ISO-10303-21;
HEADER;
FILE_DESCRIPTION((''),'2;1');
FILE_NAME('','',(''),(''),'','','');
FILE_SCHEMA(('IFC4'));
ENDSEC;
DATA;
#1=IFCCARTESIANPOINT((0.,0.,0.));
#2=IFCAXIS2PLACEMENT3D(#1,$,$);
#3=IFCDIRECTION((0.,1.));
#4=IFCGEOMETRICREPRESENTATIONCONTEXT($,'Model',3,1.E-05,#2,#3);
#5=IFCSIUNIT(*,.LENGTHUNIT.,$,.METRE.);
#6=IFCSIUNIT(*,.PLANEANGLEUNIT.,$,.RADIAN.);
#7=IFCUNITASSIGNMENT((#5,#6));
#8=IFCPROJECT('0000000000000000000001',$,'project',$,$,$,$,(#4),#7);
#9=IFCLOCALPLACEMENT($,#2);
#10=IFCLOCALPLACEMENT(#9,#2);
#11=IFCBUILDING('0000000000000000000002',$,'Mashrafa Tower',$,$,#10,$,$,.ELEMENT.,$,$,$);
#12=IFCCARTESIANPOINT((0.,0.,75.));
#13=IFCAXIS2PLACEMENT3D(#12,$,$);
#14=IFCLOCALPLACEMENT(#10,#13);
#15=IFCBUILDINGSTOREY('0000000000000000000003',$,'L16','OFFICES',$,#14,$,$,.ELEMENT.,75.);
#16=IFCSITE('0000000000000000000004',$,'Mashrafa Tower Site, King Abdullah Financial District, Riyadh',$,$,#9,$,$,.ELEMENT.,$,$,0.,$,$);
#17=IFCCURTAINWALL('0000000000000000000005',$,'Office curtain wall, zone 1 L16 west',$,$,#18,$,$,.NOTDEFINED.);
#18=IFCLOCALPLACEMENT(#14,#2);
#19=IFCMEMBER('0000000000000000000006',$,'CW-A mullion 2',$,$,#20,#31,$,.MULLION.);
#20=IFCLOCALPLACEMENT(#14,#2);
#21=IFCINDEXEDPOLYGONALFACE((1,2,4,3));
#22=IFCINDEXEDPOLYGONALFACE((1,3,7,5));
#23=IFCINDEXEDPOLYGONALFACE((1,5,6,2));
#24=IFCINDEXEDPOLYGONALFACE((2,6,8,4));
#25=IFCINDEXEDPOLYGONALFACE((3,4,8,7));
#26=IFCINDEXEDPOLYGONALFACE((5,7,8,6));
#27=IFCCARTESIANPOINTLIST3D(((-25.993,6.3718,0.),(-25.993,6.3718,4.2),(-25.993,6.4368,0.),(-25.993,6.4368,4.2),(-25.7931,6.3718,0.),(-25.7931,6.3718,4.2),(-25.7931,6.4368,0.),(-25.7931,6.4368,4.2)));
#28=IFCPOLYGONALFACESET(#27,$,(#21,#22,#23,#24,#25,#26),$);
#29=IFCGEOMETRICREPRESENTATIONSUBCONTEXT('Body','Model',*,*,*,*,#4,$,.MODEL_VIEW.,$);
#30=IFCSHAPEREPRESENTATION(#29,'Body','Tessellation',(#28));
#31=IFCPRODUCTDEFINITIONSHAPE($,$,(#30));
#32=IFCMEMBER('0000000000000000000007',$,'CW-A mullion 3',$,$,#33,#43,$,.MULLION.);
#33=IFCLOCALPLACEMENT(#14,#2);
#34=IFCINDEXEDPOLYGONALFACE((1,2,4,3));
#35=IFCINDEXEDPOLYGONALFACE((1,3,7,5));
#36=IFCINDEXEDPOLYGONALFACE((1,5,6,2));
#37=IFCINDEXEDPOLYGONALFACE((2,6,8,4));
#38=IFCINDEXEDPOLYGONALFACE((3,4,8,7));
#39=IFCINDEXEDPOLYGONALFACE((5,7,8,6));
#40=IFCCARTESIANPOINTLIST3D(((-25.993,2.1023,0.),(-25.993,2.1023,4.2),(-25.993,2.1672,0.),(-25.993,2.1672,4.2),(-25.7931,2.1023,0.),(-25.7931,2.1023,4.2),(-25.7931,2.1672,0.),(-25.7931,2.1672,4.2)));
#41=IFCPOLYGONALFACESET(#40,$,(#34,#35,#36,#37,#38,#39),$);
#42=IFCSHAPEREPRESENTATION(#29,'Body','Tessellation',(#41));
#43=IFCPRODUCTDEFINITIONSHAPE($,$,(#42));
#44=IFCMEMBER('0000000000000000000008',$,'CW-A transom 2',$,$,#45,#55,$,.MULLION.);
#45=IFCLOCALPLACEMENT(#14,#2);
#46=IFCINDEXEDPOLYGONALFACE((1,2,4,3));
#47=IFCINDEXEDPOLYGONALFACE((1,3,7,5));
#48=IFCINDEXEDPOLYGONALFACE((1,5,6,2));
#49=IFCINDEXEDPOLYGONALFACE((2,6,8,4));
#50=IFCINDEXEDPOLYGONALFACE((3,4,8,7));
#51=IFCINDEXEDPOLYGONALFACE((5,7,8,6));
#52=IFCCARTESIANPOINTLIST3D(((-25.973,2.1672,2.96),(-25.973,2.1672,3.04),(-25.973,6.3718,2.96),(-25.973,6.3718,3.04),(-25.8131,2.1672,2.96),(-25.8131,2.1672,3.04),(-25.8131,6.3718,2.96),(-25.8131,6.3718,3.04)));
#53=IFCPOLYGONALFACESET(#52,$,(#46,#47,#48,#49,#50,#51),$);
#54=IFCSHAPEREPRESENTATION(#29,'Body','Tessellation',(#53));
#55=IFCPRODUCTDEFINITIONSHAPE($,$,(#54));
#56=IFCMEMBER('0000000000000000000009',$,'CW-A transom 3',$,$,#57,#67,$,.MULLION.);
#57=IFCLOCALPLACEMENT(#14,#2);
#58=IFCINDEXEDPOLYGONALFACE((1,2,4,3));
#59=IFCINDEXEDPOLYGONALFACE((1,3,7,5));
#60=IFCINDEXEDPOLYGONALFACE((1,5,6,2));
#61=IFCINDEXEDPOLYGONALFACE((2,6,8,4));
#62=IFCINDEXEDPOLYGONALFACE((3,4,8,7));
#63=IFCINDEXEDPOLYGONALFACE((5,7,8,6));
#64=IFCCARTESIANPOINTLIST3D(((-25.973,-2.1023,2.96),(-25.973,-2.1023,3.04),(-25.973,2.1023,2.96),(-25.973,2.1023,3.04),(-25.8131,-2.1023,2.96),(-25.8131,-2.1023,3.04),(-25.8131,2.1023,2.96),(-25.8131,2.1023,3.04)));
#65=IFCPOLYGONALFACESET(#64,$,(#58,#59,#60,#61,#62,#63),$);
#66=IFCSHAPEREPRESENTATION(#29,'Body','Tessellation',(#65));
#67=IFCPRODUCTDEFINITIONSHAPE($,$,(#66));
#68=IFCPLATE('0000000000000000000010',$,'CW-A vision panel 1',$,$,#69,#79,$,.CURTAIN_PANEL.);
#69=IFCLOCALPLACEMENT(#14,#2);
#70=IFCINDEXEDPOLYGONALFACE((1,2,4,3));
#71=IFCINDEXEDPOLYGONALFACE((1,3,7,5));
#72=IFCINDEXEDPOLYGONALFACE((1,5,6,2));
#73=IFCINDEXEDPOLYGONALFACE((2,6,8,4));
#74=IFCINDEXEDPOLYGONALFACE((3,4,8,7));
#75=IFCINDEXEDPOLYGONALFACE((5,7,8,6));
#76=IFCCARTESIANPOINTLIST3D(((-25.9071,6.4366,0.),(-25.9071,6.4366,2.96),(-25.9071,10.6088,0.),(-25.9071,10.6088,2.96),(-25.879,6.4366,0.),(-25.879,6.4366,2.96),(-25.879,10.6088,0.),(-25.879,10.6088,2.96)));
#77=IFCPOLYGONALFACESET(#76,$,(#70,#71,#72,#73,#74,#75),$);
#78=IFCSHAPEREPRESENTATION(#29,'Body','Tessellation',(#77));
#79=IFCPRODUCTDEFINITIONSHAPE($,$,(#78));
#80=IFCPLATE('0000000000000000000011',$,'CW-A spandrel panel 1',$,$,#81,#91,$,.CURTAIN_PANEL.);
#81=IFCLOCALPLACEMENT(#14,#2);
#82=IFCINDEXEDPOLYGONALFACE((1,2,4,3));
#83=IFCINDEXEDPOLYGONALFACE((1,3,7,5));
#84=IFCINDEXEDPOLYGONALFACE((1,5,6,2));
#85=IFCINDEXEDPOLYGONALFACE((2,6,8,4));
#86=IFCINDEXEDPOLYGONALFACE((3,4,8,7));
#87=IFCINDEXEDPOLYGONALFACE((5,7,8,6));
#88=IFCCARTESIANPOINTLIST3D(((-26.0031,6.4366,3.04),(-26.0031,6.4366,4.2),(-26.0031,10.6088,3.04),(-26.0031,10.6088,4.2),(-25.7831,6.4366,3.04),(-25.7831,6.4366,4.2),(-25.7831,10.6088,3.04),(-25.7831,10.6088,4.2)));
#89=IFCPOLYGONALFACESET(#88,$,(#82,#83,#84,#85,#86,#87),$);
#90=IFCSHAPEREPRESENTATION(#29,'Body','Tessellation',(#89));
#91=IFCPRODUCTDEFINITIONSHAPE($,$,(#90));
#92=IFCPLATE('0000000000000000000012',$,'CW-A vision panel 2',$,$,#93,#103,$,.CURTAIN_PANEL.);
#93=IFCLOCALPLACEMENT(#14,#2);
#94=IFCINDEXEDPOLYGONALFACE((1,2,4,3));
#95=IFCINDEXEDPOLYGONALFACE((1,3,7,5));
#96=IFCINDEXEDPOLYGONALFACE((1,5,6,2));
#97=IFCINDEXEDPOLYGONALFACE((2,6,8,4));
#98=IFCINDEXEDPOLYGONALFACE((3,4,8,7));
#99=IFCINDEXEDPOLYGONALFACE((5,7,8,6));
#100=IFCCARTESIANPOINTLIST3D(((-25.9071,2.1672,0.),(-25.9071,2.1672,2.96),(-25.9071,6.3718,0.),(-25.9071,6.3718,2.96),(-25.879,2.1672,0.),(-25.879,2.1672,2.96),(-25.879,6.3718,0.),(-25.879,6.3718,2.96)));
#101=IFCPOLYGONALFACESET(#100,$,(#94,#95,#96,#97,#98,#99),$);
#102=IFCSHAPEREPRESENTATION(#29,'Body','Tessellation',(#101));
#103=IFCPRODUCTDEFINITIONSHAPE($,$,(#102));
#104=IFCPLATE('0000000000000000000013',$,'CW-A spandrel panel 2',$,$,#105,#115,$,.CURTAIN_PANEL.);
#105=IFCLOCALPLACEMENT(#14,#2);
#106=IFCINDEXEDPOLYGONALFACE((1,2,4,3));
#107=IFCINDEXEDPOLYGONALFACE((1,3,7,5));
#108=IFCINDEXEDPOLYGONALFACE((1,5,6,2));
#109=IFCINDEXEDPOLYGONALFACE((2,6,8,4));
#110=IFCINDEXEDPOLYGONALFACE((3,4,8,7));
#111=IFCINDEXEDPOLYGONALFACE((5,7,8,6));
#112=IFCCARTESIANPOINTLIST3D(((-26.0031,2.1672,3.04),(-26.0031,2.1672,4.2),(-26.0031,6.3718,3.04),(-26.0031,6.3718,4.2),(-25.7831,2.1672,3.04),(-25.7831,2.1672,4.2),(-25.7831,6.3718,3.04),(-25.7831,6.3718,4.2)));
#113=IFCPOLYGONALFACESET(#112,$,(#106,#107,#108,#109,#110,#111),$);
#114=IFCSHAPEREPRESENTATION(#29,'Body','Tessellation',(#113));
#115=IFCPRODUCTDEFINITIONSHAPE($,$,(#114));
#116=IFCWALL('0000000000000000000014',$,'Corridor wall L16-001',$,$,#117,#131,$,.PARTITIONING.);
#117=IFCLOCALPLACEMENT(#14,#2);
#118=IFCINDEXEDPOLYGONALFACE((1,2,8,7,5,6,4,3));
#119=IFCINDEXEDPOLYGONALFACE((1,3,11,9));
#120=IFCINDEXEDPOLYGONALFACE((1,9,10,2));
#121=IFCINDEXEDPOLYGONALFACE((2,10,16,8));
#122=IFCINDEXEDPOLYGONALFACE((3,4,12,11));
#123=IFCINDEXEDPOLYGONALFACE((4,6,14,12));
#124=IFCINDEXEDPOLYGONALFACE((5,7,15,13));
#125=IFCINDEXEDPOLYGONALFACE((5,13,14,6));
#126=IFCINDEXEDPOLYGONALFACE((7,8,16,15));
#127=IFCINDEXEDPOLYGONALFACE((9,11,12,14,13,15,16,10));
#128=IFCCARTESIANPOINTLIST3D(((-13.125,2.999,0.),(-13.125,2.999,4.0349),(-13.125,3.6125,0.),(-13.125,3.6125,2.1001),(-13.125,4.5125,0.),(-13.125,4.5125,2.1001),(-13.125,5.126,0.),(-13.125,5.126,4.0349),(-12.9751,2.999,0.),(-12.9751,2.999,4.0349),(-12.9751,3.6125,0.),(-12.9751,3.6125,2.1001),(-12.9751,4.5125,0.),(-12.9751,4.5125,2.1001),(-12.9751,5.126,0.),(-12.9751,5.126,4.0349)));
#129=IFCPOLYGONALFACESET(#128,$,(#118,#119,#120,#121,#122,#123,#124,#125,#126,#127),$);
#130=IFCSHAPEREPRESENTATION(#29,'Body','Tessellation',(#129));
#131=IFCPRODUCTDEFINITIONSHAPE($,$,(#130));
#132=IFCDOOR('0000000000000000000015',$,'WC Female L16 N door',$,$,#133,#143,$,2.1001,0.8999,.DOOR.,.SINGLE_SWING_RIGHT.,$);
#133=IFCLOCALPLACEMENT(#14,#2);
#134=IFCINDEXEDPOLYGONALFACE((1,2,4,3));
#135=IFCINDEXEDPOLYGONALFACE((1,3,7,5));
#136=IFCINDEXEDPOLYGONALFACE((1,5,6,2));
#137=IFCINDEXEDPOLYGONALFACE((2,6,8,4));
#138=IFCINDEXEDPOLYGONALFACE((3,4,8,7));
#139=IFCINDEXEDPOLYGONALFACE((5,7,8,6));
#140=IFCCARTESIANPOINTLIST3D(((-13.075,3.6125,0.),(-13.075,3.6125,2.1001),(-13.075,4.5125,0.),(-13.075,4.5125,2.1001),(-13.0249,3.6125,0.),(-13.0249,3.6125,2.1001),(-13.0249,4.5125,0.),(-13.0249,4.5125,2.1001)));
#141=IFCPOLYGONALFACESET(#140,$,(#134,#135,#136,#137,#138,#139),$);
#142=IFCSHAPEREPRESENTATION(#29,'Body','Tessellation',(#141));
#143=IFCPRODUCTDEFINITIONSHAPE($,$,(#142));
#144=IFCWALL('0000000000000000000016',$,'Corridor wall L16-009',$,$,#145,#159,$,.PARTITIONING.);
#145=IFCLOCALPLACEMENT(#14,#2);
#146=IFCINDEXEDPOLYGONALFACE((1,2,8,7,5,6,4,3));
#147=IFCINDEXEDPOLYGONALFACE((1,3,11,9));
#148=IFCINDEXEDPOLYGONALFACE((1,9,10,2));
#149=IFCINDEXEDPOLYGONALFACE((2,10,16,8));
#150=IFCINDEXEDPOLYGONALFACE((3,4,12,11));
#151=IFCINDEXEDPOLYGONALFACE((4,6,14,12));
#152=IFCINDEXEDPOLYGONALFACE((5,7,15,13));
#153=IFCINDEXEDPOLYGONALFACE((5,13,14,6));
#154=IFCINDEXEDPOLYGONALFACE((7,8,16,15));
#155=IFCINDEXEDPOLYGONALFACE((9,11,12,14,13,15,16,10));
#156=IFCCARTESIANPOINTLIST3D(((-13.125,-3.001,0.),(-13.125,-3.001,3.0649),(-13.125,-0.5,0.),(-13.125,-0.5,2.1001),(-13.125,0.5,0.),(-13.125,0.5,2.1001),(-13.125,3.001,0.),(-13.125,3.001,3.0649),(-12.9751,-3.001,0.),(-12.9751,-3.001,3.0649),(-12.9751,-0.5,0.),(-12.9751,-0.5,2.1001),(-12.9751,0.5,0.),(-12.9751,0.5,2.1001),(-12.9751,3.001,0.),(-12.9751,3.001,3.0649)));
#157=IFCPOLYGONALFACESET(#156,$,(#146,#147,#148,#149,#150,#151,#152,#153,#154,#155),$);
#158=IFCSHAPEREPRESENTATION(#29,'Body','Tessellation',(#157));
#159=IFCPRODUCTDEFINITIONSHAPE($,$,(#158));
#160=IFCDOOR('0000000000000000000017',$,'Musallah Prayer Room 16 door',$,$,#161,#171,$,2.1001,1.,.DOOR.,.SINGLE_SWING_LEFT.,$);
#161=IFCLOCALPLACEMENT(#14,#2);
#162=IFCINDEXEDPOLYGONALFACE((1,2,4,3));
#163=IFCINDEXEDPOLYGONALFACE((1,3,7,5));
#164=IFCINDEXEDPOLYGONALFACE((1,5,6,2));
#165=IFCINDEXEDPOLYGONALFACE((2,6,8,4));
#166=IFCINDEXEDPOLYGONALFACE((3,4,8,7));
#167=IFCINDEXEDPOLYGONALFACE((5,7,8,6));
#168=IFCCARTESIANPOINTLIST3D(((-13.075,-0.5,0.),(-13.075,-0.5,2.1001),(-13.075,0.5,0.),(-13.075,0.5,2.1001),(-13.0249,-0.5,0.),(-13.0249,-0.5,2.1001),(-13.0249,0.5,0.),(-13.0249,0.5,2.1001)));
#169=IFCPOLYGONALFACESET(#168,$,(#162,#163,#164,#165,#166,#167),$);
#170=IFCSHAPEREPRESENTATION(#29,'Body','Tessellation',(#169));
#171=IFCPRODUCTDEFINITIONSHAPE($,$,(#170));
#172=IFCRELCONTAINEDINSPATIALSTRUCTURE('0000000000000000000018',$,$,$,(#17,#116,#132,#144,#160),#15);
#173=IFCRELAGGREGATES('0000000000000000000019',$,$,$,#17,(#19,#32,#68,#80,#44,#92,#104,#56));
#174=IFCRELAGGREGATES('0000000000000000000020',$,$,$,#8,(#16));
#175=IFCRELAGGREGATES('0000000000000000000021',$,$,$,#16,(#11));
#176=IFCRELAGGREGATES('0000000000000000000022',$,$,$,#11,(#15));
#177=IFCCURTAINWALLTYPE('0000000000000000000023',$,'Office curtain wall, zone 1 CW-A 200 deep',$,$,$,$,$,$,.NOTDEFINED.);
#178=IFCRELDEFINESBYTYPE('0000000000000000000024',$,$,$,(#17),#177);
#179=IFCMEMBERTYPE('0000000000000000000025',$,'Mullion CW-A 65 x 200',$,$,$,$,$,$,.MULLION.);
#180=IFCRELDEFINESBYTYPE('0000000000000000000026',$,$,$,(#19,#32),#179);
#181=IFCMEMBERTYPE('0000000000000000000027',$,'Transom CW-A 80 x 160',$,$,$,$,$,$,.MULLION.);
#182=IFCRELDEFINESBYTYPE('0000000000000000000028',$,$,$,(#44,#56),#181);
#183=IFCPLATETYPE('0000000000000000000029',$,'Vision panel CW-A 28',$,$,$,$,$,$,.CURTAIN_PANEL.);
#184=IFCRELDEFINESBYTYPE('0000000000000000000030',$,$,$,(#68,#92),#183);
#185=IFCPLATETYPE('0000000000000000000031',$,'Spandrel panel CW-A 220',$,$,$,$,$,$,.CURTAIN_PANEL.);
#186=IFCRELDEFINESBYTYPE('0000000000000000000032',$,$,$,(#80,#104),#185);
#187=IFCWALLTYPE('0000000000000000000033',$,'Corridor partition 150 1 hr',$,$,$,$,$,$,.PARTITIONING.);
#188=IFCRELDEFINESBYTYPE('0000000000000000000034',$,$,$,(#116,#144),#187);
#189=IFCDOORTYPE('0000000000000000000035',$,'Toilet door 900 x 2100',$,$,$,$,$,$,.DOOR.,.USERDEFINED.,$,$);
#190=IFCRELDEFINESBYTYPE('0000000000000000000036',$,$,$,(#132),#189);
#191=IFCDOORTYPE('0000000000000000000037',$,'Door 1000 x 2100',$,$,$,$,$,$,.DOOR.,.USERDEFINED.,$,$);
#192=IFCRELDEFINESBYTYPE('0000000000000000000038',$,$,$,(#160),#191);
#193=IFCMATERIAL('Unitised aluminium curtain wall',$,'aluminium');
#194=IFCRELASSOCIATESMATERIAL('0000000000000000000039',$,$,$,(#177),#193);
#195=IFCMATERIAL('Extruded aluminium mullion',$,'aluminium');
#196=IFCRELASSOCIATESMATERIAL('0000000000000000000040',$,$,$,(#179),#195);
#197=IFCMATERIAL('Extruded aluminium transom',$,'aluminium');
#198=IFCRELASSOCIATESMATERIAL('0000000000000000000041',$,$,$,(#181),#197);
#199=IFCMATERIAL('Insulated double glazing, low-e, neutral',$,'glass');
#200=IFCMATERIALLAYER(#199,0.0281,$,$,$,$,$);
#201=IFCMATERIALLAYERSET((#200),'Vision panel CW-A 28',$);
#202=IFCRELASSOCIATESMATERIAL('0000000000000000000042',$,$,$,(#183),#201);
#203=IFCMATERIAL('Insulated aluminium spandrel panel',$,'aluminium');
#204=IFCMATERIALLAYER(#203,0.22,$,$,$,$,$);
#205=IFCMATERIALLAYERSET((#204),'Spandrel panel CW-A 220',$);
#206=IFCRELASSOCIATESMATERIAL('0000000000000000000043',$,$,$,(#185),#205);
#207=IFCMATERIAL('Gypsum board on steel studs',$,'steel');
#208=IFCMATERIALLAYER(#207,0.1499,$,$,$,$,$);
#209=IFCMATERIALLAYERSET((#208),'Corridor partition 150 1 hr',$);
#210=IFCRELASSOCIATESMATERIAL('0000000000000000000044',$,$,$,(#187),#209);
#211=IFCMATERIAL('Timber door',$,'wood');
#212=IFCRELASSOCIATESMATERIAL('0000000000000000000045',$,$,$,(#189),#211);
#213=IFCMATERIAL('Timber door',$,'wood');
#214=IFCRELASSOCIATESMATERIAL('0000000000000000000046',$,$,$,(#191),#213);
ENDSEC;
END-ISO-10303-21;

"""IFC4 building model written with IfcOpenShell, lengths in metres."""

from ifc_helpers import new_model, si_unit, direction, frame, frame_2d, origin, origin_2d, place, context, subcontext, project, spatial, rectangle, extrude, source, transform, mapped, material, layer, layer_set, material_profile, profile_set, type_object, type_shapes, element, fill, aggregate, save


model = new_model("IFC4")

# Units and contexts
model_context = context("Model", 3, precision=1e-05, world=origin(), true_north=direction((0.0, 1.0)))
body_context = subcontext(model_context, "Body", "Model", "MODEL_VIEW")
ifc_project = project(units=[si_unit("LENGTHUNIT", "METRE"), si_unit("PLANEANGLEUNIT", "RADIAN")], contexts=[model_context])

# Site, building, storey
site_placement = place(None, origin())
site = spatial("IfcSite", under=ifc_project, at=site_placement, Name="Mashrafa Tower Site, King Abdullah Financial District, Riyadh", CompositionType="ELEMENT", RefElevation=0.0)
building_placement = place(site_placement, origin())
building = spatial("IfcBuilding", under=site, at=building_placement, Name="Mashrafa Tower", CompositionType="ELEMENT")
storey_placement = place(building_placement, frame((0.0, 0.0, 75.0)))
storey = spatial("IfcBuildingStorey", under=building, at=storey_placement, Name="L16", Description="OFFICES", CompositionType="ELEMENT", Elevation=75.0)

# Curtain wall, members, plates
ifc_material_1 = material(Name="Unitised aluminium curtain wall", Category="aluminium")
curtain_wall_type = type_object("IfcCurtainWallType", Name="Office curtain wall, zone 1 CW-A 200 deep", PredefinedType="NOTDEFINED", material=ifc_material_1)
curtain_wall_placement = place(storey_placement, origin())
curtain_wall = element("IfcCurtainWall", 1, at=curtain_wall_placement, inside=storey, type_object=curtain_wall_type, Name="Office curtain wall, zone 1 L16 west", PredefinedType="NOTDEFINED")
ifc_material_2 = material(Name="Extruded aluminium mullion", Category="aluminium")
ifc_material_profile_1 = material_profile(ifc_material_2, rectangle(XDim=0.2, YDim=0.0649, at=origin_2d()), Name="Mullion 65x200")
ifc_profile_set_1 = profile_set([ifc_material_profile_1], Name="Extruded aluminium mullion")
member_type_1 = type_object("IfcMemberType", Name="Mullion CW-A 65 x 200", PredefinedType="MULLION", material=ifc_profile_set_1)
shared_shape_1 = source(origin(), body_context, "Body", "SweptSolid", [
    extrude(rectangle(XDim=0.2, YDim=0.0649, at=origin_2d()), origin(), (0.0, 0.0, 1.0), 4.2),
])
type_shapes(member_type_1, [shared_shape_1])
member_1_placement = place(storey_placement, frame((-25.8931, 6.4043, 0.0), z_axis=(0.0, 0.0, 1.0), x_axis=(1.0, 0.0, 0.0)))
member_1 = element("IfcMember", 2, at=member_1_placement, type_object=member_type_1, Name="CW-A mullion 2", PredefinedType="MULLION", context=body_context, shape_type="MappedRepresentation", body=[
    mapped(shared_shape_1, transform((0.0, 0.0, 0.0))),
])
member_2_placement = place(storey_placement, frame((-25.8931, 2.1348, 0.0), z_axis=(0.0, 0.0, 1.0), x_axis=(1.0, 0.0, 0.0)))
member_2 = element("IfcMember", 3, at=member_2_placement, type_object=member_type_1, Name="CW-A mullion 3", PredefinedType="MULLION", context=body_context, shape_type="MappedRepresentation", body=[
    mapped(shared_shape_1, transform((0.0, 0.0, 0.0))),
])
ifc_material_3 = material(Name="Extruded aluminium transom", Category="aluminium")
ifc_material_profile_2 = material_profile(ifc_material_3, rectangle(XDim=0.1599, YDim=0.0801, at=origin_2d()), Name="Transom 80x160")
ifc_profile_set_2 = profile_set([ifc_material_profile_2], Name="Extruded aluminium transom")
member_type_2 = type_object("IfcMemberType", Name="Transom CW-A 80 x 160", PredefinedType="MULLION", material=ifc_profile_set_2)
shared_shape_2 = source(origin(), body_context, "Body", "SweptSolid", [
    extrude(rectangle(XDim=0.1599, YDim=0.0801, at=origin_2d()), origin(), (0.0, 0.0, 1.0), 4.2046),
])
type_shapes(member_type_2, [shared_shape_2])
member_3_placement = place(storey_placement, frame((-25.8931, 6.3718, 3.0), z_axis=(0.0, -1.0, 0.0), x_axis=(1.0, 0.0, 0.0)))
member_3 = element("IfcMember", 4, at=member_3_placement, type_object=member_type_2, Name="CW-A transom 2", PredefinedType="MULLION", context=body_context, shape_type="MappedRepresentation", body=[
    mapped(shared_shape_2, transform((0.0, 0.0, 0.0))),
])
member_4_placement = place(storey_placement, frame((-25.8931, 2.1023, 3.0), z_axis=(0.0, -1.0, 0.0), x_axis=(1.0, 0.0, 0.0)))
member_4 = element("IfcMember", 5, at=member_4_placement, type_object=member_type_2, Name="CW-A transom 3", PredefinedType="MULLION", context=body_context, shape_type="MappedRepresentation", body=[
    mapped(shared_shape_2, transform((0.0, 0.0, 0.0))),
])
ifc_material_4 = material(Name="Insulated double glazing, low-e, neutral", Category="glass")
ifc_layer_1 = layer(ifc_material_4, 0.0281)
ifc_layer_set_1 = layer_set([ifc_layer_1], Name="Vision panel CW-A 28")
plate_type_1 = type_object("IfcPlateType", Name="Vision panel CW-A 28", PredefinedType="CURTAIN_PANEL", material=ifc_layer_set_1)
shared_shape_3 = source(origin(), body_context, "Body", "SweptSolid", [
    extrude(rectangle(XDim=4.1721, YDim=0.0281, at=origin_2d()), origin(), (0.0, 0.0, 1.0), 2.96),
])
plate_1_placement = place(storey_placement, frame((-25.8931, 8.5227, 0.0), z_axis=(0.0, 0.0, 1.0), x_axis=(0.0, -1.0, 0.0)))
plate_1 = element("IfcPlate", 6, at=plate_1_placement, type_object=plate_type_1, Name="CW-A vision panel 1", PredefinedType="CURTAIN_PANEL", context=body_context, shape_type="MappedRepresentation", body=[
    mapped(shared_shape_3, transform((0.0, 0.0, 0.0))),
])
ifc_material_5 = material(Name="Insulated aluminium spandrel panel", Category="aluminium")
ifc_layer_2 = layer(ifc_material_5, 0.22)
ifc_layer_set_2 = layer_set([ifc_layer_2], Name="Spandrel panel CW-A 220")
plate_type_2 = type_object("IfcPlateType", Name="Spandrel panel CW-A 220", PredefinedType="CURTAIN_PANEL", material=ifc_layer_set_2)
shared_shape_4 = source(origin(), body_context, "Body", "SweptSolid", [
    extrude(rectangle(XDim=4.1721, YDim=0.22, at=origin_2d()), origin(), (0.0, 0.0, 1.0), 1.1599),
])
plate_2_placement = place(storey_placement, frame((-25.8931, 8.5227, 3.04), z_axis=(0.0, 0.0, 1.0), x_axis=(0.0, -1.0, 0.0)))
plate_2 = element("IfcPlate", 7, at=plate_2_placement, type_object=plate_type_2, Name="CW-A spandrel panel 1", PredefinedType="CURTAIN_PANEL", context=body_context, shape_type="MappedRepresentation", body=[
    mapped(shared_shape_4, transform((0.0, 0.0, 0.0))),
])
shared_shape_5 = source(origin(), body_context, "Body", "SweptSolid", [
    extrude(rectangle(XDim=4.2046, YDim=0.0281, at=origin_2d()), origin(), (0.0, 0.0, 1.0), 2.96),
])
type_shapes(plate_type_1, [shared_shape_3, shared_shape_5])
plate_3_placement = place(storey_placement, frame((-25.8931, 4.2695, 0.0), z_axis=(0.0, 0.0, 1.0), x_axis=(0.0, -1.0, 0.0)))
plate_3 = element("IfcPlate", 8, at=plate_3_placement, type_object=plate_type_1, Name="CW-A vision panel 2", PredefinedType="CURTAIN_PANEL", context=body_context, shape_type="MappedRepresentation", body=[
    mapped(shared_shape_5, transform((0.0, 0.0, 0.0))),
])
shared_shape_6 = source(origin(), body_context, "Body", "SweptSolid", [
    extrude(rectangle(XDim=4.2046, YDim=0.22, at=origin_2d()), origin(), (0.0, 0.0, 1.0), 1.1599),
])
type_shapes(plate_type_2, [shared_shape_4, shared_shape_6])
plate_4_placement = place(storey_placement, frame((-25.8931, 4.2695, 3.04), z_axis=(0.0, 0.0, 1.0), x_axis=(0.0, -1.0, 0.0)))
plate_4 = element("IfcPlate", 9, at=plate_4_placement, type_object=plate_type_2, Name="CW-A spandrel panel 2", PredefinedType="CURTAIN_PANEL", context=body_context, shape_type="MappedRepresentation", body=[
    mapped(shared_shape_6, transform((0.0, 0.0, 0.0))),
])
aggregate(curtain_wall, [member_1, member_2, plate_1, plate_2, member_3, plate_3, plate_4, member_4])

# Walls, openings, doors
ifc_material_6 = material(Name="Gypsum board on steel studs", Category="steel")
ifc_layer_3 = layer(ifc_material_6, 0.1499)
ifc_layer_set_3 = layer_set([ifc_layer_3], Name="Corridor partition 150 1 hr")
wall_type_1 = type_object("IfcWallType", Name="Corridor partition 150 1 hr", PredefinedType="PARTITIONING", material=ifc_layer_set_3)
wall_1_placement = place(storey_placement, frame((-13.05, 5.126, 0.0), z_axis=(0.0, 0.0, 1.0), x_axis=(0.0, -1.0, 0.0)))
wall_1 = element("IfcWall", 10, at=wall_1_placement, inside=storey, type_object=wall_type_1, Name="Corridor wall L16-001", PredefinedType="PARTITIONING", context=body_context, shape_type="SweptSolid", body=[
    extrude(rectangle(XDim=2.127, YDim=0.1499, at=frame_2d((1.0635, 0.0))), origin(), (0.0, 0.0, 1.0), 4.0349),
])
opening_1_placement = place(wall_1_placement, frame((0.6135, 0.0, 0.0)))
opening_1 = element("IfcOpeningElement", 11, at=opening_1_placement, cuts=wall_1, PredefinedType="OPENING", context=body_context, shape_type="SweptSolid", body=[
    extrude(rectangle(XDim=0.8999, YDim=2.1001, at=frame_2d((0.45, 1.05))), frame((0.0, 0.085, 0.0), z_axis=(0.0, -1.0, 0.0), x_axis=(1.0, 0.0, 0.0)), (0.0, 0.0, 1.0), 0.1699),
])
ifc_material_7 = material(Name="Timber door", Category="wood")
door_type_1 = type_object("IfcDoorType", Name="Toilet door 900 x 2100", OperationType="USERDEFINED", PredefinedType="DOOR", material=ifc_material_7)
door_1_placement = place(opening_1_placement, frame((0.8999, 0.0, 0.0), z_axis=(0.0, 0.0, 1.0), x_axis=(-1.0, 0.0, 0.0)))
door_1 = element("IfcDoor", 12, at=door_1_placement, inside=storey, type_object=door_type_1, Name="WC Female L16 N door", OperationType="SINGLE_SWING_RIGHT", OverallHeight=2.1001, OverallWidth=0.8999, PredefinedType="DOOR", context=body_context, shape_type="SweptSolid", body=[
    extrude(rectangle(XDim=0.8999, YDim=2.1001, at=frame_2d((0.45, 1.05))), frame((0.0, 0.0249, 0.0), z_axis=(0.0, -1.0, 0.0), x_axis=(1.0, 0.0, 0.0)), (0.0, 0.0, 1.0), 0.05),
])
fill(opening_1, door_1)
wall_2_placement = place(storey_placement, frame((-13.05, 3.001, 0.0), z_axis=(0.0, 0.0, 1.0), x_axis=(0.0, -1.0, 0.0)))
wall_2 = element("IfcWall", 13, at=wall_2_placement, inside=storey, type_object=wall_type_1, Name="Corridor wall L16-009", PredefinedType="PARTITIONING", context=body_context, shape_type="SweptSolid", body=[
    extrude(rectangle(XDim=6.002, YDim=0.1499, at=frame_2d((3.001, 0.0))), origin(), (0.0, 0.0, 1.0), 3.0649),
])
opening_2_placement = place(wall_2_placement, frame((2.501, 0.0, 0.0)))
opening_2 = element("IfcOpeningElement", 14, at=opening_2_placement, cuts=wall_2, PredefinedType="OPENING", context=body_context, shape_type="SweptSolid", body=[
    extrude(rectangle(XDim=1.0, YDim=2.1001, at=frame_2d((0.5, 1.05))), frame((0.0, 0.085, 0.0), z_axis=(0.0, -1.0, 0.0), x_axis=(1.0, 0.0, 0.0)), (0.0, 0.0, 1.0), 0.1699),
])
ifc_material_8 = material(Name="Timber door", Category="wood")
door_type_2 = type_object("IfcDoorType", Name="Door 1000 x 2100", OperationType="USERDEFINED", PredefinedType="DOOR", material=ifc_material_8)
door_2_placement = place(opening_2_placement, frame((1.0, 0.0, 0.0), z_axis=(0.0, 0.0, 1.0), x_axis=(-1.0, 0.0, 0.0)))
door_2 = element("IfcDoor", 15, at=door_2_placement, inside=storey, type_object=door_type_2, Name="Musallah Prayer Room 16 door", OperationType="SINGLE_SWING_LEFT", OverallHeight=2.1001, OverallWidth=1.0, PredefinedType="DOOR", context=body_context, shape_type="SweptSolid", body=[
    extrude(rectangle(XDim=1.0, YDim=2.1001, at=frame_2d((0.5, 1.05))), frame((0.0, 0.0249, 0.0), z_axis=(0.0, -1.0, 0.0), x_axis=(1.0, 0.0, 0.0)), (0.0, 0.0, 1.0), 0.05),
])
fill(opening_2, door_2)

save(model, "model.ifc")
